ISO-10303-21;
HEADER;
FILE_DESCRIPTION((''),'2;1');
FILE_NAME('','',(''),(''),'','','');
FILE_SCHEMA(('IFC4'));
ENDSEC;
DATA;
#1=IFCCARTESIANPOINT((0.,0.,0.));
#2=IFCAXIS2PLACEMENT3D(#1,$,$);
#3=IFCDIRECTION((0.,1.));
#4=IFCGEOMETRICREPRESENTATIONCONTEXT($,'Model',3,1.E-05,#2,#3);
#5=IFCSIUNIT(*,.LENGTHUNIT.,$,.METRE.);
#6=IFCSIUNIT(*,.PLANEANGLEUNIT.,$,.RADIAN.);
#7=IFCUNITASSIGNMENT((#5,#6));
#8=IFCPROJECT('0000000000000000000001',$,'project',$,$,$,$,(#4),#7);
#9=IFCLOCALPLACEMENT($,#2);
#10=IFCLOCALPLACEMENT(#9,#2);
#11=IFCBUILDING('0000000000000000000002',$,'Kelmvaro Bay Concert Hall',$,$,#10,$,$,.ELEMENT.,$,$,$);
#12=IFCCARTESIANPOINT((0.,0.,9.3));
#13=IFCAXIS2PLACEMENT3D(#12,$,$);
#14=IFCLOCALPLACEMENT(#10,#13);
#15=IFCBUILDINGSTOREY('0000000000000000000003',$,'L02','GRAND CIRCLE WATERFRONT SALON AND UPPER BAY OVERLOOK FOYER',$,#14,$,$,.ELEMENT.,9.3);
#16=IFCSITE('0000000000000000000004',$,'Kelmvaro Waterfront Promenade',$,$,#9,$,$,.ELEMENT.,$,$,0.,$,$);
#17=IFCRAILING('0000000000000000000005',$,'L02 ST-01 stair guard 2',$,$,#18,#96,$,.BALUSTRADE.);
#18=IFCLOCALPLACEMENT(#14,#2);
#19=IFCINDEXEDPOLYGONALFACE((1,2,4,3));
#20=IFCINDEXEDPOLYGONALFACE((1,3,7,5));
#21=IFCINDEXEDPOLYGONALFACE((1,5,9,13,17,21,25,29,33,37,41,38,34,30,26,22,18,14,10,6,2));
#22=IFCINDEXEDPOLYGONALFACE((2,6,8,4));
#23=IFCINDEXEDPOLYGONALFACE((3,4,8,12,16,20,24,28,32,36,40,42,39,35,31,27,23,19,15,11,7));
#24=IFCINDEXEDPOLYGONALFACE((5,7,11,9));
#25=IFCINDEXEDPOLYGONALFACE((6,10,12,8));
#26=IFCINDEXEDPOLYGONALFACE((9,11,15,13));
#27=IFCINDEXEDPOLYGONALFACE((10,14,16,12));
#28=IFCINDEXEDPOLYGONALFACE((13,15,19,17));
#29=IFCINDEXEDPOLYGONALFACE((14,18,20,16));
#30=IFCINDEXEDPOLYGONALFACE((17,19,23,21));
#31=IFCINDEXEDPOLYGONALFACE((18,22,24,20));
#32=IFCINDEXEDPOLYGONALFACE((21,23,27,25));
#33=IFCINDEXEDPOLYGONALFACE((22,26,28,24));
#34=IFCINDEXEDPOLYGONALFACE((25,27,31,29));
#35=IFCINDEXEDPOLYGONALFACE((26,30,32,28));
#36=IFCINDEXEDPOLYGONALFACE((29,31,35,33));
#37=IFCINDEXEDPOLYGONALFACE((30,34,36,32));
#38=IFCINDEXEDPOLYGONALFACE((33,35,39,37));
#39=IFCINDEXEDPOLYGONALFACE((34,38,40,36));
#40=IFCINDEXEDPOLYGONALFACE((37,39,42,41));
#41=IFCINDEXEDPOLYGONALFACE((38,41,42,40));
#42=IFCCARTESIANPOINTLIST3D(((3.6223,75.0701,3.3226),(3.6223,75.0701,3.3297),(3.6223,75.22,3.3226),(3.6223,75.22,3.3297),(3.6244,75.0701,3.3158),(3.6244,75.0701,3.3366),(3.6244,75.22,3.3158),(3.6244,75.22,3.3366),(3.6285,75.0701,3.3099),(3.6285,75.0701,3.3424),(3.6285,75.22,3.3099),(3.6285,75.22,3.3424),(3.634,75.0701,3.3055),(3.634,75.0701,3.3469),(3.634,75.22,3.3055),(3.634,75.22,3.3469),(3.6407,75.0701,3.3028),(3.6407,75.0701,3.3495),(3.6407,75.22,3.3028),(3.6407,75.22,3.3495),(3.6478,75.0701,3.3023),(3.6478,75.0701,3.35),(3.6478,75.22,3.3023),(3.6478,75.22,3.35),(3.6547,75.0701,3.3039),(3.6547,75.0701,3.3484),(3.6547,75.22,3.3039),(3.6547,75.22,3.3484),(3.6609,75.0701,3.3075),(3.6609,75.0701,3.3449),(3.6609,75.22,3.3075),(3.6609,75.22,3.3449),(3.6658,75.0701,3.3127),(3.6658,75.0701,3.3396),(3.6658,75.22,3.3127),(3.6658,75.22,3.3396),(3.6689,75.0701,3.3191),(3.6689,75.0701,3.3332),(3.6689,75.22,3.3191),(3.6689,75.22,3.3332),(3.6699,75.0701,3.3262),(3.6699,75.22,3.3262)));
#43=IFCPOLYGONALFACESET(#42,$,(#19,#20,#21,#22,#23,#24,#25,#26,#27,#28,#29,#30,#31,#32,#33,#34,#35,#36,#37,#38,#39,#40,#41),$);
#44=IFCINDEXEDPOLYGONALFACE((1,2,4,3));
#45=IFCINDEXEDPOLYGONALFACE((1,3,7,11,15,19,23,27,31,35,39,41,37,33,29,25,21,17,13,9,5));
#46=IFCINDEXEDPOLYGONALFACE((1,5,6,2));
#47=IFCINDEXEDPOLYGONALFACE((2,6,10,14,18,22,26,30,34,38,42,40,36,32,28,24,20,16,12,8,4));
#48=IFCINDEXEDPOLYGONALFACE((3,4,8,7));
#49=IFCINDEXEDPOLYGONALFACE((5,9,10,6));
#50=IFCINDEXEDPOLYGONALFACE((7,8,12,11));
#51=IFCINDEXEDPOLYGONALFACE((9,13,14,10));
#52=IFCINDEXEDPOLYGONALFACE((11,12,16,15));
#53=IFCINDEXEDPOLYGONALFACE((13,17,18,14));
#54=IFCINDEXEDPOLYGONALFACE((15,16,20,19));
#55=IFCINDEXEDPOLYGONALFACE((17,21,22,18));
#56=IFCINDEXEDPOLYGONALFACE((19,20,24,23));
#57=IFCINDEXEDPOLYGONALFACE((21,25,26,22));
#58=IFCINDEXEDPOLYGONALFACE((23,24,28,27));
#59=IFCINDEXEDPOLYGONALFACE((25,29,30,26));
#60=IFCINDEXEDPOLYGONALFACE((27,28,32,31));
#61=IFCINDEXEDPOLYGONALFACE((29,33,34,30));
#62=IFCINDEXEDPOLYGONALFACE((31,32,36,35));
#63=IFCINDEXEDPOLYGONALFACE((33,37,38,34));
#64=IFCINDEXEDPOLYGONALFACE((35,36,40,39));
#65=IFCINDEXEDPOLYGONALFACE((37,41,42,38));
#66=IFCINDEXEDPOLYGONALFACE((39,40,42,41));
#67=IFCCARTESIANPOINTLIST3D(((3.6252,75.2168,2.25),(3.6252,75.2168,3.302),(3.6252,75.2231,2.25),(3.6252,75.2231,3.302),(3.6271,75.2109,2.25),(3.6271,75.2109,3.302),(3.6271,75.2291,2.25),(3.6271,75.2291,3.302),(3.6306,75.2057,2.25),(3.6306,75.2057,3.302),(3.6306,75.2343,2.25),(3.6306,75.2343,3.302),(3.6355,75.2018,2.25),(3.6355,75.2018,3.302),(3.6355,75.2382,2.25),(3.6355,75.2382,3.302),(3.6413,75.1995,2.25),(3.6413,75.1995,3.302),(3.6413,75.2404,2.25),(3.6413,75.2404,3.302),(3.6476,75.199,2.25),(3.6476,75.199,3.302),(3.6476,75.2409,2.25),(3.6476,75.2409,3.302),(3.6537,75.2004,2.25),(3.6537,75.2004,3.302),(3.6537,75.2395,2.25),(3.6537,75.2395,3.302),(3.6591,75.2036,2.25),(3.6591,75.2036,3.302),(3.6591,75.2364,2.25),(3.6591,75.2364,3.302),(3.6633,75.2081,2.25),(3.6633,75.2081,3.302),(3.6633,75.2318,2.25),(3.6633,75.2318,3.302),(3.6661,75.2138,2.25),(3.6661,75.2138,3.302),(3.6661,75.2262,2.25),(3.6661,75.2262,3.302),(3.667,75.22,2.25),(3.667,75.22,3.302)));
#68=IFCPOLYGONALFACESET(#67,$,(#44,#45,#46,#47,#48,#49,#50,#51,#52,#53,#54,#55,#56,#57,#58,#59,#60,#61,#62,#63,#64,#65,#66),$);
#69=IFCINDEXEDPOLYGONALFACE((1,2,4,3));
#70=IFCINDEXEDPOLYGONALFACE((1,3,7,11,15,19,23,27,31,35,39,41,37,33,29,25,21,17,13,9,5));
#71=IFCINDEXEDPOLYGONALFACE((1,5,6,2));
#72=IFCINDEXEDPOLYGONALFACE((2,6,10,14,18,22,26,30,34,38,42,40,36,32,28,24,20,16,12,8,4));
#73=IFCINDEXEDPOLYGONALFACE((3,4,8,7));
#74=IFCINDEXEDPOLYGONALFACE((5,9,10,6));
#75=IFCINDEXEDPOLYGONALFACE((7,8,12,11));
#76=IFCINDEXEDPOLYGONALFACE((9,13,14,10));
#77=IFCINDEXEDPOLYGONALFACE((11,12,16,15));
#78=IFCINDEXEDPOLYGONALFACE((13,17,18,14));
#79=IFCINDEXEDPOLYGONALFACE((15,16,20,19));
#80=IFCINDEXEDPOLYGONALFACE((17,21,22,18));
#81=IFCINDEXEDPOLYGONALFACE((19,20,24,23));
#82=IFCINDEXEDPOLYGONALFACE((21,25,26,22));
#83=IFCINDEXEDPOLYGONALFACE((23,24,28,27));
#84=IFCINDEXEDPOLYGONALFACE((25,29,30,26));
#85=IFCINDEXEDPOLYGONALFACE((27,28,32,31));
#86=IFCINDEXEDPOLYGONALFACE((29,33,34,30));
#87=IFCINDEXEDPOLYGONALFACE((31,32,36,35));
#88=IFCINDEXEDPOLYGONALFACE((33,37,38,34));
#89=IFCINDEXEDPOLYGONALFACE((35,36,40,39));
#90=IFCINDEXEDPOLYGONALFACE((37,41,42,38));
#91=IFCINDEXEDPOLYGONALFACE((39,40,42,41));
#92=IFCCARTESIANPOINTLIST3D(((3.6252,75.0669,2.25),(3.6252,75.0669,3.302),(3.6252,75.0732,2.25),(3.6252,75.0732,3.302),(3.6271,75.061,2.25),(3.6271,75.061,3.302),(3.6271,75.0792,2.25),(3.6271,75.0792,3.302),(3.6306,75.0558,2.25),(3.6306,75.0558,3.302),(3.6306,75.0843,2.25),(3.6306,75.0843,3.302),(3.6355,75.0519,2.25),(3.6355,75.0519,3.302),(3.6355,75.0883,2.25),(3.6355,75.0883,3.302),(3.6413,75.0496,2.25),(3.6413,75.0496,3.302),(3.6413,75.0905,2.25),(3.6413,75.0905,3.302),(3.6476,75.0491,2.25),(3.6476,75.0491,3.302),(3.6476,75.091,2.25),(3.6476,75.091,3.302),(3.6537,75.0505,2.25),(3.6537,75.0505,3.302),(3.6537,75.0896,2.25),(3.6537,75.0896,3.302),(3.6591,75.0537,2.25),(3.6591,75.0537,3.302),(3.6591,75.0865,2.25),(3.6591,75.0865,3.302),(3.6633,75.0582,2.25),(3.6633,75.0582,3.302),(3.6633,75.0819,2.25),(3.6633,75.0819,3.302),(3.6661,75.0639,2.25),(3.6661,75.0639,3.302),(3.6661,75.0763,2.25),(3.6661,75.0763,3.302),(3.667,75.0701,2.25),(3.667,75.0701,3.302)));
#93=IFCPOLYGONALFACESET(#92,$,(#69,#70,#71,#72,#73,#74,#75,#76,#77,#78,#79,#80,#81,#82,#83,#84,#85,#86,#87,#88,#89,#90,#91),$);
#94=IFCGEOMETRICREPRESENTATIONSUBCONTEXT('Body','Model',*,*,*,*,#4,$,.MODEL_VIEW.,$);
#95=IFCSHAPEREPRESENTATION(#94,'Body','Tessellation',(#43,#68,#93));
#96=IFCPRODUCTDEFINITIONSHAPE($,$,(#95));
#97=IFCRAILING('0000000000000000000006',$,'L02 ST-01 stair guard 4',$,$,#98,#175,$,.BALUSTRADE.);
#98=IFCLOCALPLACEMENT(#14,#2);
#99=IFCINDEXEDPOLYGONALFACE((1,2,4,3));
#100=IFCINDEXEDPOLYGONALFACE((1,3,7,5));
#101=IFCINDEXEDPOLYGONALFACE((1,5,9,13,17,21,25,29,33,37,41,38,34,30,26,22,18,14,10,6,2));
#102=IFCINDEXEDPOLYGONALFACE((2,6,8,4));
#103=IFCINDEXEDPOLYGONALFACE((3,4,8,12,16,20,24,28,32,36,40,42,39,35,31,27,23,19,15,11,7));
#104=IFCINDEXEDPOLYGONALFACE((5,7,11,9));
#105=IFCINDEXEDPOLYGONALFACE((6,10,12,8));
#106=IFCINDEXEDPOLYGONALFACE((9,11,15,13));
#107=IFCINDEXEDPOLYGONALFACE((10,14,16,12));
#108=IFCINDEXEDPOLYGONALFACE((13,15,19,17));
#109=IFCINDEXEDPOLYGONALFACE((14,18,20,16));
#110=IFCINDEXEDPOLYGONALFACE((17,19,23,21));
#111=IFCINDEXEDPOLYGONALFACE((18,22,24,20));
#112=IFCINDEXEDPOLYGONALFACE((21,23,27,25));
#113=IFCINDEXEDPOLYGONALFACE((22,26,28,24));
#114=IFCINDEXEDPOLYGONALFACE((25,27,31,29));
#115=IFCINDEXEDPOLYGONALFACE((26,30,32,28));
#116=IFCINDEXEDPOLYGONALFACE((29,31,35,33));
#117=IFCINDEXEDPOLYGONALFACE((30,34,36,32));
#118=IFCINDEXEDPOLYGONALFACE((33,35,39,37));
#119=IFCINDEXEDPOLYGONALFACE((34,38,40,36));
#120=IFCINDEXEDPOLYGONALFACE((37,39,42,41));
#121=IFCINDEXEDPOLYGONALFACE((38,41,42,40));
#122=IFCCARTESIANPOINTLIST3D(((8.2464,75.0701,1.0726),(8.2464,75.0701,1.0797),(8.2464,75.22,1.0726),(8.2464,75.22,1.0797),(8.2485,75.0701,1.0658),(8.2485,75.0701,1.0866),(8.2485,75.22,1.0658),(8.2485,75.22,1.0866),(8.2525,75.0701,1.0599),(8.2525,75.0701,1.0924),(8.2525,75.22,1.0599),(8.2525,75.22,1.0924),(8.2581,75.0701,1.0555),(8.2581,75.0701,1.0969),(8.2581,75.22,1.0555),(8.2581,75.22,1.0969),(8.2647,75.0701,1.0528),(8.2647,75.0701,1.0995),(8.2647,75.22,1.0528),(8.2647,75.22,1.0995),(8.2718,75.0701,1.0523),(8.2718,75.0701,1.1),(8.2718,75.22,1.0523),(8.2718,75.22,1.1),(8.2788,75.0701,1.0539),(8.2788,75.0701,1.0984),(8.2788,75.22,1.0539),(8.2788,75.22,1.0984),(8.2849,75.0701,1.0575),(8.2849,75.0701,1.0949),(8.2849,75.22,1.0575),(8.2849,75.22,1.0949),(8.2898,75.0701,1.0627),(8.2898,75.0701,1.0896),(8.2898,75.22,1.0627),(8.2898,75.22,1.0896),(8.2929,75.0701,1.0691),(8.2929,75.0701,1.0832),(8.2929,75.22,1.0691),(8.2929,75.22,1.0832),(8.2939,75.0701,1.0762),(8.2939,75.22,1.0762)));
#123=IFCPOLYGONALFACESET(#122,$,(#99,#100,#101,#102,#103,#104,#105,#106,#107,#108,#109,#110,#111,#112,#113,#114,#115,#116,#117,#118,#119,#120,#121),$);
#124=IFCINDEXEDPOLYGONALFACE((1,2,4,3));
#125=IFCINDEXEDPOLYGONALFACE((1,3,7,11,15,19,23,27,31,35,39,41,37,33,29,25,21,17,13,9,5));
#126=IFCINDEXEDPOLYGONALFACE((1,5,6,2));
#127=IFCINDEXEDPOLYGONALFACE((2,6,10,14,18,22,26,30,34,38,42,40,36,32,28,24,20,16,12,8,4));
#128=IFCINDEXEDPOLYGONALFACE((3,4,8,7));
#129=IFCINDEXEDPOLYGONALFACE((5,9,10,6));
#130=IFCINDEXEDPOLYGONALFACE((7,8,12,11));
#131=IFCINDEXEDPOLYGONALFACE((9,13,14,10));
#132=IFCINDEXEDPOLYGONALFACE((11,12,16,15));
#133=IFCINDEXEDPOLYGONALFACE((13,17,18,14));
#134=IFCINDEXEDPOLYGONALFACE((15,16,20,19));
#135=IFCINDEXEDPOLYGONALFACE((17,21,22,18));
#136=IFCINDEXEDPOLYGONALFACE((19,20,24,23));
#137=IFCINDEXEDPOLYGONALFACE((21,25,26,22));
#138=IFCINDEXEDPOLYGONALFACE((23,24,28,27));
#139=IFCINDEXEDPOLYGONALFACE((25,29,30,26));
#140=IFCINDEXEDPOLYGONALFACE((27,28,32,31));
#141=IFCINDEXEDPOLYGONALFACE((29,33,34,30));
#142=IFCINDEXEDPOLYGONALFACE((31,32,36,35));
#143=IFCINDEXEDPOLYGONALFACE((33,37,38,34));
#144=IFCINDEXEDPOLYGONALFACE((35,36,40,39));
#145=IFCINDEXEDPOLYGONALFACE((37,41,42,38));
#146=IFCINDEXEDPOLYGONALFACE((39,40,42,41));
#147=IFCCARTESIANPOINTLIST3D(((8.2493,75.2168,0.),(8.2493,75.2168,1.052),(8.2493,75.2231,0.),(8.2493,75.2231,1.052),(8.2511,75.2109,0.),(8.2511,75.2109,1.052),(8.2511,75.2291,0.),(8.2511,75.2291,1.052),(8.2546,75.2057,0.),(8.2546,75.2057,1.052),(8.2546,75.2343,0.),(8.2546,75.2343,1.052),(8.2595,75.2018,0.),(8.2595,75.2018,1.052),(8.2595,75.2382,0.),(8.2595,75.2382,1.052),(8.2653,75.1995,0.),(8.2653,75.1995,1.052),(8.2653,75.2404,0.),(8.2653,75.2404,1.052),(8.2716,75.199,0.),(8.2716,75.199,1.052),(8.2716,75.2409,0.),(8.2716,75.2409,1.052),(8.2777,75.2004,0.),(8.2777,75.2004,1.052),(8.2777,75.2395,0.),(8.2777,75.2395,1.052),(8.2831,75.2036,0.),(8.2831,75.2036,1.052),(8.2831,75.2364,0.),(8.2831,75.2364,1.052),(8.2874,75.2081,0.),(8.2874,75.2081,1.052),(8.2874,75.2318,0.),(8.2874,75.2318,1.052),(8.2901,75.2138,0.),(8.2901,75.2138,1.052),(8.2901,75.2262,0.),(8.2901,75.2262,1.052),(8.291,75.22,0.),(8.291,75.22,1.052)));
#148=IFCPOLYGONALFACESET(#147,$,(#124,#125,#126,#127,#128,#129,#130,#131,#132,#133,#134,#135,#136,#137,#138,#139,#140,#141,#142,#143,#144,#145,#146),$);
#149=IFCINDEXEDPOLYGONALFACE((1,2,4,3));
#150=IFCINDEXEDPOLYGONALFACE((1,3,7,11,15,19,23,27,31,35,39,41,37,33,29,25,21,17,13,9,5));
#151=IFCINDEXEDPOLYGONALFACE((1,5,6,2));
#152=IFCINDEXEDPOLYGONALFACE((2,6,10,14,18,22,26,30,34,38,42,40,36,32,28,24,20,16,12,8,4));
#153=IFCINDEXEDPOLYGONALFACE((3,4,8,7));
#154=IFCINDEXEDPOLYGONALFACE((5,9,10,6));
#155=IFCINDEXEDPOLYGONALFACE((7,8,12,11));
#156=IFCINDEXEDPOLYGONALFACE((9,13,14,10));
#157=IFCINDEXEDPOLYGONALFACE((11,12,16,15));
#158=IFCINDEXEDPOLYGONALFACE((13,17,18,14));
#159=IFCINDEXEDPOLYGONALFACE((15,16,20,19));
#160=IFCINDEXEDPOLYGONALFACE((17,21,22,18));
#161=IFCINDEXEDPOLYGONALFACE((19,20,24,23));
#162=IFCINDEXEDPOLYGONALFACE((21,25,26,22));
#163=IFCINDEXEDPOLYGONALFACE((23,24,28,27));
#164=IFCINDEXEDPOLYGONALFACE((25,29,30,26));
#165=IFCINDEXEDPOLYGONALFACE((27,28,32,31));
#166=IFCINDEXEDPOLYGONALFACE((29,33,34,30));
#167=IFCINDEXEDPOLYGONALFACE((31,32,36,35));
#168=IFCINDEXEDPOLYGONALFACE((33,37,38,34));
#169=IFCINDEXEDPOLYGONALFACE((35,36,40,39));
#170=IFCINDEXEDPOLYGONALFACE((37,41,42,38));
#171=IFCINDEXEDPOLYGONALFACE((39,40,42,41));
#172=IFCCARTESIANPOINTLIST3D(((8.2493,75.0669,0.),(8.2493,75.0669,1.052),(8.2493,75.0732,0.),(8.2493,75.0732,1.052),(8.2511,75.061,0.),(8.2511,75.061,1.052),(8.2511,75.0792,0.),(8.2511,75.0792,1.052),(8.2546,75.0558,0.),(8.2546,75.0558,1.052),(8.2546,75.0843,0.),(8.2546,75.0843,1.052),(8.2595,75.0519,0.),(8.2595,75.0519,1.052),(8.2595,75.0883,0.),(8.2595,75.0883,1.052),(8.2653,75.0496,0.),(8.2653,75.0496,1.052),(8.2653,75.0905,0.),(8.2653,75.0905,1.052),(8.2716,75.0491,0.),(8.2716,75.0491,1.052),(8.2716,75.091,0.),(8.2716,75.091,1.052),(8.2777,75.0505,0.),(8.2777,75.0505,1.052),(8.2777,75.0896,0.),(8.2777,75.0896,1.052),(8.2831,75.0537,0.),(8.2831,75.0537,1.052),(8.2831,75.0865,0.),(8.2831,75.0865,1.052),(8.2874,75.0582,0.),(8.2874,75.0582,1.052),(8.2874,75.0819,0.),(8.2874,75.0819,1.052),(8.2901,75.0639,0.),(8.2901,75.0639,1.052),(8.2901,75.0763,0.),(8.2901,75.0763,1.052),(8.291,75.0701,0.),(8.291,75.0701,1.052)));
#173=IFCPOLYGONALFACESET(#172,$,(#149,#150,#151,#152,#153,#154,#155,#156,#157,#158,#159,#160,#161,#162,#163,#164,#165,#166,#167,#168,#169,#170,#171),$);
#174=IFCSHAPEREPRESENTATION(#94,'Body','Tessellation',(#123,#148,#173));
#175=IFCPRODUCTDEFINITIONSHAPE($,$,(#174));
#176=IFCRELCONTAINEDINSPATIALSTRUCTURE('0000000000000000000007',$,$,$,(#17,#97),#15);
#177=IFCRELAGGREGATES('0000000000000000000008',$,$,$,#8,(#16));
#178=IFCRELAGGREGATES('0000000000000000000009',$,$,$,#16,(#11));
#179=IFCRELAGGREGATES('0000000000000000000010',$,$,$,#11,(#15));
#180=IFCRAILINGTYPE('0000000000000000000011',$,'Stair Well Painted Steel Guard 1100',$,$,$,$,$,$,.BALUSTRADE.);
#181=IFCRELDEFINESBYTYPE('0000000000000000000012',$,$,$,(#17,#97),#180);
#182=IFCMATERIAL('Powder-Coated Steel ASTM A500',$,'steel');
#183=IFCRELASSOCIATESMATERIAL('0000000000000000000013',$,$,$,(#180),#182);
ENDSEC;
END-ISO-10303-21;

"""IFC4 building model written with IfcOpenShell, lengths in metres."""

from ifc_helpers import new_model, si_unit, direction, frame, origin, origin_2d, place, context, subcontext, project, spatial, circle, extrude, material, type_object, element, save


model = new_model("IFC4")

# Units and contexts
model_context = context("Model", 3, precision=1e-05, world=origin(), true_north=direction((0.0, 1.0)))
body_context = subcontext(model_context, "Body", "Model", "MODEL_VIEW")
ifc_project = project(units=[si_unit("LENGTHUNIT", "METRE"), si_unit("PLANEANGLEUNIT", "RADIAN")], contexts=[model_context])

# Site, building, storey
site_placement = place(None, origin())
site = spatial("IfcSite", under=ifc_project, at=site_placement, Name="Kelmvaro Waterfront Promenade", CompositionType="ELEMENT", RefElevation=0.0)
building_placement = place(site_placement, origin())
building = spatial("IfcBuilding", under=site, at=building_placement, Name="Kelmvaro Bay Concert Hall", CompositionType="ELEMENT")
storey_placement = place(building_placement, frame((0.0, 0.0, 9.3)))
storey = spatial("IfcBuildingStorey", under=building, at=storey_placement, Name="L02", Description="GRAND CIRCLE WATERFRONT SALON AND UPPER BAY OVERLOOK FOYER", CompositionType="ELEMENT", Elevation=9.3)

# Railings
ifc_material_1 = material(Name="Powder-Coated Steel ASTM A500", Category="steel")
railing_type_1 = type_object("IfcRailingType", Name="Stair Well Painted Steel Guard 1100", PredefinedType="BALUSTRADE", material=ifc_material_1)
for number, where, name in (
    (1, (3.646, 75.22, 2.25), "L02 ST-01 stair guard 2"),
    (2, (8.27, 75.22, 0.0), "L02 ST-01 stair guard 4"),
):
    element("IfcRailing", number, at=place(storey_placement, frame(where)), inside=storey, type_object=railing_type_1, Name=name, PredefinedType="BALUSTRADE", context=body_context, shape_type="SweptSolid", body=[
        extrude(circle(Radius=0.0239, at=origin_2d()), frame((0.0, 0.0, 1.0762), z_axis=(0.0, -1.0, 0.0), x_axis=(1.0, 0.0, 0.0)), (0.0, 0.0, 1.0), 0.1499),
        extrude(circle(Radius=0.021, at=origin_2d()), origin(), (0.0, 0.0, 1.0), 1.052),
        extrude(circle(Radius=0.021, at=origin_2d()), frame((0.0, -0.1499, 0.0)), (0.0, 0.0, 1.0), 1.052),
    ])

save(model, "model.ifc")
